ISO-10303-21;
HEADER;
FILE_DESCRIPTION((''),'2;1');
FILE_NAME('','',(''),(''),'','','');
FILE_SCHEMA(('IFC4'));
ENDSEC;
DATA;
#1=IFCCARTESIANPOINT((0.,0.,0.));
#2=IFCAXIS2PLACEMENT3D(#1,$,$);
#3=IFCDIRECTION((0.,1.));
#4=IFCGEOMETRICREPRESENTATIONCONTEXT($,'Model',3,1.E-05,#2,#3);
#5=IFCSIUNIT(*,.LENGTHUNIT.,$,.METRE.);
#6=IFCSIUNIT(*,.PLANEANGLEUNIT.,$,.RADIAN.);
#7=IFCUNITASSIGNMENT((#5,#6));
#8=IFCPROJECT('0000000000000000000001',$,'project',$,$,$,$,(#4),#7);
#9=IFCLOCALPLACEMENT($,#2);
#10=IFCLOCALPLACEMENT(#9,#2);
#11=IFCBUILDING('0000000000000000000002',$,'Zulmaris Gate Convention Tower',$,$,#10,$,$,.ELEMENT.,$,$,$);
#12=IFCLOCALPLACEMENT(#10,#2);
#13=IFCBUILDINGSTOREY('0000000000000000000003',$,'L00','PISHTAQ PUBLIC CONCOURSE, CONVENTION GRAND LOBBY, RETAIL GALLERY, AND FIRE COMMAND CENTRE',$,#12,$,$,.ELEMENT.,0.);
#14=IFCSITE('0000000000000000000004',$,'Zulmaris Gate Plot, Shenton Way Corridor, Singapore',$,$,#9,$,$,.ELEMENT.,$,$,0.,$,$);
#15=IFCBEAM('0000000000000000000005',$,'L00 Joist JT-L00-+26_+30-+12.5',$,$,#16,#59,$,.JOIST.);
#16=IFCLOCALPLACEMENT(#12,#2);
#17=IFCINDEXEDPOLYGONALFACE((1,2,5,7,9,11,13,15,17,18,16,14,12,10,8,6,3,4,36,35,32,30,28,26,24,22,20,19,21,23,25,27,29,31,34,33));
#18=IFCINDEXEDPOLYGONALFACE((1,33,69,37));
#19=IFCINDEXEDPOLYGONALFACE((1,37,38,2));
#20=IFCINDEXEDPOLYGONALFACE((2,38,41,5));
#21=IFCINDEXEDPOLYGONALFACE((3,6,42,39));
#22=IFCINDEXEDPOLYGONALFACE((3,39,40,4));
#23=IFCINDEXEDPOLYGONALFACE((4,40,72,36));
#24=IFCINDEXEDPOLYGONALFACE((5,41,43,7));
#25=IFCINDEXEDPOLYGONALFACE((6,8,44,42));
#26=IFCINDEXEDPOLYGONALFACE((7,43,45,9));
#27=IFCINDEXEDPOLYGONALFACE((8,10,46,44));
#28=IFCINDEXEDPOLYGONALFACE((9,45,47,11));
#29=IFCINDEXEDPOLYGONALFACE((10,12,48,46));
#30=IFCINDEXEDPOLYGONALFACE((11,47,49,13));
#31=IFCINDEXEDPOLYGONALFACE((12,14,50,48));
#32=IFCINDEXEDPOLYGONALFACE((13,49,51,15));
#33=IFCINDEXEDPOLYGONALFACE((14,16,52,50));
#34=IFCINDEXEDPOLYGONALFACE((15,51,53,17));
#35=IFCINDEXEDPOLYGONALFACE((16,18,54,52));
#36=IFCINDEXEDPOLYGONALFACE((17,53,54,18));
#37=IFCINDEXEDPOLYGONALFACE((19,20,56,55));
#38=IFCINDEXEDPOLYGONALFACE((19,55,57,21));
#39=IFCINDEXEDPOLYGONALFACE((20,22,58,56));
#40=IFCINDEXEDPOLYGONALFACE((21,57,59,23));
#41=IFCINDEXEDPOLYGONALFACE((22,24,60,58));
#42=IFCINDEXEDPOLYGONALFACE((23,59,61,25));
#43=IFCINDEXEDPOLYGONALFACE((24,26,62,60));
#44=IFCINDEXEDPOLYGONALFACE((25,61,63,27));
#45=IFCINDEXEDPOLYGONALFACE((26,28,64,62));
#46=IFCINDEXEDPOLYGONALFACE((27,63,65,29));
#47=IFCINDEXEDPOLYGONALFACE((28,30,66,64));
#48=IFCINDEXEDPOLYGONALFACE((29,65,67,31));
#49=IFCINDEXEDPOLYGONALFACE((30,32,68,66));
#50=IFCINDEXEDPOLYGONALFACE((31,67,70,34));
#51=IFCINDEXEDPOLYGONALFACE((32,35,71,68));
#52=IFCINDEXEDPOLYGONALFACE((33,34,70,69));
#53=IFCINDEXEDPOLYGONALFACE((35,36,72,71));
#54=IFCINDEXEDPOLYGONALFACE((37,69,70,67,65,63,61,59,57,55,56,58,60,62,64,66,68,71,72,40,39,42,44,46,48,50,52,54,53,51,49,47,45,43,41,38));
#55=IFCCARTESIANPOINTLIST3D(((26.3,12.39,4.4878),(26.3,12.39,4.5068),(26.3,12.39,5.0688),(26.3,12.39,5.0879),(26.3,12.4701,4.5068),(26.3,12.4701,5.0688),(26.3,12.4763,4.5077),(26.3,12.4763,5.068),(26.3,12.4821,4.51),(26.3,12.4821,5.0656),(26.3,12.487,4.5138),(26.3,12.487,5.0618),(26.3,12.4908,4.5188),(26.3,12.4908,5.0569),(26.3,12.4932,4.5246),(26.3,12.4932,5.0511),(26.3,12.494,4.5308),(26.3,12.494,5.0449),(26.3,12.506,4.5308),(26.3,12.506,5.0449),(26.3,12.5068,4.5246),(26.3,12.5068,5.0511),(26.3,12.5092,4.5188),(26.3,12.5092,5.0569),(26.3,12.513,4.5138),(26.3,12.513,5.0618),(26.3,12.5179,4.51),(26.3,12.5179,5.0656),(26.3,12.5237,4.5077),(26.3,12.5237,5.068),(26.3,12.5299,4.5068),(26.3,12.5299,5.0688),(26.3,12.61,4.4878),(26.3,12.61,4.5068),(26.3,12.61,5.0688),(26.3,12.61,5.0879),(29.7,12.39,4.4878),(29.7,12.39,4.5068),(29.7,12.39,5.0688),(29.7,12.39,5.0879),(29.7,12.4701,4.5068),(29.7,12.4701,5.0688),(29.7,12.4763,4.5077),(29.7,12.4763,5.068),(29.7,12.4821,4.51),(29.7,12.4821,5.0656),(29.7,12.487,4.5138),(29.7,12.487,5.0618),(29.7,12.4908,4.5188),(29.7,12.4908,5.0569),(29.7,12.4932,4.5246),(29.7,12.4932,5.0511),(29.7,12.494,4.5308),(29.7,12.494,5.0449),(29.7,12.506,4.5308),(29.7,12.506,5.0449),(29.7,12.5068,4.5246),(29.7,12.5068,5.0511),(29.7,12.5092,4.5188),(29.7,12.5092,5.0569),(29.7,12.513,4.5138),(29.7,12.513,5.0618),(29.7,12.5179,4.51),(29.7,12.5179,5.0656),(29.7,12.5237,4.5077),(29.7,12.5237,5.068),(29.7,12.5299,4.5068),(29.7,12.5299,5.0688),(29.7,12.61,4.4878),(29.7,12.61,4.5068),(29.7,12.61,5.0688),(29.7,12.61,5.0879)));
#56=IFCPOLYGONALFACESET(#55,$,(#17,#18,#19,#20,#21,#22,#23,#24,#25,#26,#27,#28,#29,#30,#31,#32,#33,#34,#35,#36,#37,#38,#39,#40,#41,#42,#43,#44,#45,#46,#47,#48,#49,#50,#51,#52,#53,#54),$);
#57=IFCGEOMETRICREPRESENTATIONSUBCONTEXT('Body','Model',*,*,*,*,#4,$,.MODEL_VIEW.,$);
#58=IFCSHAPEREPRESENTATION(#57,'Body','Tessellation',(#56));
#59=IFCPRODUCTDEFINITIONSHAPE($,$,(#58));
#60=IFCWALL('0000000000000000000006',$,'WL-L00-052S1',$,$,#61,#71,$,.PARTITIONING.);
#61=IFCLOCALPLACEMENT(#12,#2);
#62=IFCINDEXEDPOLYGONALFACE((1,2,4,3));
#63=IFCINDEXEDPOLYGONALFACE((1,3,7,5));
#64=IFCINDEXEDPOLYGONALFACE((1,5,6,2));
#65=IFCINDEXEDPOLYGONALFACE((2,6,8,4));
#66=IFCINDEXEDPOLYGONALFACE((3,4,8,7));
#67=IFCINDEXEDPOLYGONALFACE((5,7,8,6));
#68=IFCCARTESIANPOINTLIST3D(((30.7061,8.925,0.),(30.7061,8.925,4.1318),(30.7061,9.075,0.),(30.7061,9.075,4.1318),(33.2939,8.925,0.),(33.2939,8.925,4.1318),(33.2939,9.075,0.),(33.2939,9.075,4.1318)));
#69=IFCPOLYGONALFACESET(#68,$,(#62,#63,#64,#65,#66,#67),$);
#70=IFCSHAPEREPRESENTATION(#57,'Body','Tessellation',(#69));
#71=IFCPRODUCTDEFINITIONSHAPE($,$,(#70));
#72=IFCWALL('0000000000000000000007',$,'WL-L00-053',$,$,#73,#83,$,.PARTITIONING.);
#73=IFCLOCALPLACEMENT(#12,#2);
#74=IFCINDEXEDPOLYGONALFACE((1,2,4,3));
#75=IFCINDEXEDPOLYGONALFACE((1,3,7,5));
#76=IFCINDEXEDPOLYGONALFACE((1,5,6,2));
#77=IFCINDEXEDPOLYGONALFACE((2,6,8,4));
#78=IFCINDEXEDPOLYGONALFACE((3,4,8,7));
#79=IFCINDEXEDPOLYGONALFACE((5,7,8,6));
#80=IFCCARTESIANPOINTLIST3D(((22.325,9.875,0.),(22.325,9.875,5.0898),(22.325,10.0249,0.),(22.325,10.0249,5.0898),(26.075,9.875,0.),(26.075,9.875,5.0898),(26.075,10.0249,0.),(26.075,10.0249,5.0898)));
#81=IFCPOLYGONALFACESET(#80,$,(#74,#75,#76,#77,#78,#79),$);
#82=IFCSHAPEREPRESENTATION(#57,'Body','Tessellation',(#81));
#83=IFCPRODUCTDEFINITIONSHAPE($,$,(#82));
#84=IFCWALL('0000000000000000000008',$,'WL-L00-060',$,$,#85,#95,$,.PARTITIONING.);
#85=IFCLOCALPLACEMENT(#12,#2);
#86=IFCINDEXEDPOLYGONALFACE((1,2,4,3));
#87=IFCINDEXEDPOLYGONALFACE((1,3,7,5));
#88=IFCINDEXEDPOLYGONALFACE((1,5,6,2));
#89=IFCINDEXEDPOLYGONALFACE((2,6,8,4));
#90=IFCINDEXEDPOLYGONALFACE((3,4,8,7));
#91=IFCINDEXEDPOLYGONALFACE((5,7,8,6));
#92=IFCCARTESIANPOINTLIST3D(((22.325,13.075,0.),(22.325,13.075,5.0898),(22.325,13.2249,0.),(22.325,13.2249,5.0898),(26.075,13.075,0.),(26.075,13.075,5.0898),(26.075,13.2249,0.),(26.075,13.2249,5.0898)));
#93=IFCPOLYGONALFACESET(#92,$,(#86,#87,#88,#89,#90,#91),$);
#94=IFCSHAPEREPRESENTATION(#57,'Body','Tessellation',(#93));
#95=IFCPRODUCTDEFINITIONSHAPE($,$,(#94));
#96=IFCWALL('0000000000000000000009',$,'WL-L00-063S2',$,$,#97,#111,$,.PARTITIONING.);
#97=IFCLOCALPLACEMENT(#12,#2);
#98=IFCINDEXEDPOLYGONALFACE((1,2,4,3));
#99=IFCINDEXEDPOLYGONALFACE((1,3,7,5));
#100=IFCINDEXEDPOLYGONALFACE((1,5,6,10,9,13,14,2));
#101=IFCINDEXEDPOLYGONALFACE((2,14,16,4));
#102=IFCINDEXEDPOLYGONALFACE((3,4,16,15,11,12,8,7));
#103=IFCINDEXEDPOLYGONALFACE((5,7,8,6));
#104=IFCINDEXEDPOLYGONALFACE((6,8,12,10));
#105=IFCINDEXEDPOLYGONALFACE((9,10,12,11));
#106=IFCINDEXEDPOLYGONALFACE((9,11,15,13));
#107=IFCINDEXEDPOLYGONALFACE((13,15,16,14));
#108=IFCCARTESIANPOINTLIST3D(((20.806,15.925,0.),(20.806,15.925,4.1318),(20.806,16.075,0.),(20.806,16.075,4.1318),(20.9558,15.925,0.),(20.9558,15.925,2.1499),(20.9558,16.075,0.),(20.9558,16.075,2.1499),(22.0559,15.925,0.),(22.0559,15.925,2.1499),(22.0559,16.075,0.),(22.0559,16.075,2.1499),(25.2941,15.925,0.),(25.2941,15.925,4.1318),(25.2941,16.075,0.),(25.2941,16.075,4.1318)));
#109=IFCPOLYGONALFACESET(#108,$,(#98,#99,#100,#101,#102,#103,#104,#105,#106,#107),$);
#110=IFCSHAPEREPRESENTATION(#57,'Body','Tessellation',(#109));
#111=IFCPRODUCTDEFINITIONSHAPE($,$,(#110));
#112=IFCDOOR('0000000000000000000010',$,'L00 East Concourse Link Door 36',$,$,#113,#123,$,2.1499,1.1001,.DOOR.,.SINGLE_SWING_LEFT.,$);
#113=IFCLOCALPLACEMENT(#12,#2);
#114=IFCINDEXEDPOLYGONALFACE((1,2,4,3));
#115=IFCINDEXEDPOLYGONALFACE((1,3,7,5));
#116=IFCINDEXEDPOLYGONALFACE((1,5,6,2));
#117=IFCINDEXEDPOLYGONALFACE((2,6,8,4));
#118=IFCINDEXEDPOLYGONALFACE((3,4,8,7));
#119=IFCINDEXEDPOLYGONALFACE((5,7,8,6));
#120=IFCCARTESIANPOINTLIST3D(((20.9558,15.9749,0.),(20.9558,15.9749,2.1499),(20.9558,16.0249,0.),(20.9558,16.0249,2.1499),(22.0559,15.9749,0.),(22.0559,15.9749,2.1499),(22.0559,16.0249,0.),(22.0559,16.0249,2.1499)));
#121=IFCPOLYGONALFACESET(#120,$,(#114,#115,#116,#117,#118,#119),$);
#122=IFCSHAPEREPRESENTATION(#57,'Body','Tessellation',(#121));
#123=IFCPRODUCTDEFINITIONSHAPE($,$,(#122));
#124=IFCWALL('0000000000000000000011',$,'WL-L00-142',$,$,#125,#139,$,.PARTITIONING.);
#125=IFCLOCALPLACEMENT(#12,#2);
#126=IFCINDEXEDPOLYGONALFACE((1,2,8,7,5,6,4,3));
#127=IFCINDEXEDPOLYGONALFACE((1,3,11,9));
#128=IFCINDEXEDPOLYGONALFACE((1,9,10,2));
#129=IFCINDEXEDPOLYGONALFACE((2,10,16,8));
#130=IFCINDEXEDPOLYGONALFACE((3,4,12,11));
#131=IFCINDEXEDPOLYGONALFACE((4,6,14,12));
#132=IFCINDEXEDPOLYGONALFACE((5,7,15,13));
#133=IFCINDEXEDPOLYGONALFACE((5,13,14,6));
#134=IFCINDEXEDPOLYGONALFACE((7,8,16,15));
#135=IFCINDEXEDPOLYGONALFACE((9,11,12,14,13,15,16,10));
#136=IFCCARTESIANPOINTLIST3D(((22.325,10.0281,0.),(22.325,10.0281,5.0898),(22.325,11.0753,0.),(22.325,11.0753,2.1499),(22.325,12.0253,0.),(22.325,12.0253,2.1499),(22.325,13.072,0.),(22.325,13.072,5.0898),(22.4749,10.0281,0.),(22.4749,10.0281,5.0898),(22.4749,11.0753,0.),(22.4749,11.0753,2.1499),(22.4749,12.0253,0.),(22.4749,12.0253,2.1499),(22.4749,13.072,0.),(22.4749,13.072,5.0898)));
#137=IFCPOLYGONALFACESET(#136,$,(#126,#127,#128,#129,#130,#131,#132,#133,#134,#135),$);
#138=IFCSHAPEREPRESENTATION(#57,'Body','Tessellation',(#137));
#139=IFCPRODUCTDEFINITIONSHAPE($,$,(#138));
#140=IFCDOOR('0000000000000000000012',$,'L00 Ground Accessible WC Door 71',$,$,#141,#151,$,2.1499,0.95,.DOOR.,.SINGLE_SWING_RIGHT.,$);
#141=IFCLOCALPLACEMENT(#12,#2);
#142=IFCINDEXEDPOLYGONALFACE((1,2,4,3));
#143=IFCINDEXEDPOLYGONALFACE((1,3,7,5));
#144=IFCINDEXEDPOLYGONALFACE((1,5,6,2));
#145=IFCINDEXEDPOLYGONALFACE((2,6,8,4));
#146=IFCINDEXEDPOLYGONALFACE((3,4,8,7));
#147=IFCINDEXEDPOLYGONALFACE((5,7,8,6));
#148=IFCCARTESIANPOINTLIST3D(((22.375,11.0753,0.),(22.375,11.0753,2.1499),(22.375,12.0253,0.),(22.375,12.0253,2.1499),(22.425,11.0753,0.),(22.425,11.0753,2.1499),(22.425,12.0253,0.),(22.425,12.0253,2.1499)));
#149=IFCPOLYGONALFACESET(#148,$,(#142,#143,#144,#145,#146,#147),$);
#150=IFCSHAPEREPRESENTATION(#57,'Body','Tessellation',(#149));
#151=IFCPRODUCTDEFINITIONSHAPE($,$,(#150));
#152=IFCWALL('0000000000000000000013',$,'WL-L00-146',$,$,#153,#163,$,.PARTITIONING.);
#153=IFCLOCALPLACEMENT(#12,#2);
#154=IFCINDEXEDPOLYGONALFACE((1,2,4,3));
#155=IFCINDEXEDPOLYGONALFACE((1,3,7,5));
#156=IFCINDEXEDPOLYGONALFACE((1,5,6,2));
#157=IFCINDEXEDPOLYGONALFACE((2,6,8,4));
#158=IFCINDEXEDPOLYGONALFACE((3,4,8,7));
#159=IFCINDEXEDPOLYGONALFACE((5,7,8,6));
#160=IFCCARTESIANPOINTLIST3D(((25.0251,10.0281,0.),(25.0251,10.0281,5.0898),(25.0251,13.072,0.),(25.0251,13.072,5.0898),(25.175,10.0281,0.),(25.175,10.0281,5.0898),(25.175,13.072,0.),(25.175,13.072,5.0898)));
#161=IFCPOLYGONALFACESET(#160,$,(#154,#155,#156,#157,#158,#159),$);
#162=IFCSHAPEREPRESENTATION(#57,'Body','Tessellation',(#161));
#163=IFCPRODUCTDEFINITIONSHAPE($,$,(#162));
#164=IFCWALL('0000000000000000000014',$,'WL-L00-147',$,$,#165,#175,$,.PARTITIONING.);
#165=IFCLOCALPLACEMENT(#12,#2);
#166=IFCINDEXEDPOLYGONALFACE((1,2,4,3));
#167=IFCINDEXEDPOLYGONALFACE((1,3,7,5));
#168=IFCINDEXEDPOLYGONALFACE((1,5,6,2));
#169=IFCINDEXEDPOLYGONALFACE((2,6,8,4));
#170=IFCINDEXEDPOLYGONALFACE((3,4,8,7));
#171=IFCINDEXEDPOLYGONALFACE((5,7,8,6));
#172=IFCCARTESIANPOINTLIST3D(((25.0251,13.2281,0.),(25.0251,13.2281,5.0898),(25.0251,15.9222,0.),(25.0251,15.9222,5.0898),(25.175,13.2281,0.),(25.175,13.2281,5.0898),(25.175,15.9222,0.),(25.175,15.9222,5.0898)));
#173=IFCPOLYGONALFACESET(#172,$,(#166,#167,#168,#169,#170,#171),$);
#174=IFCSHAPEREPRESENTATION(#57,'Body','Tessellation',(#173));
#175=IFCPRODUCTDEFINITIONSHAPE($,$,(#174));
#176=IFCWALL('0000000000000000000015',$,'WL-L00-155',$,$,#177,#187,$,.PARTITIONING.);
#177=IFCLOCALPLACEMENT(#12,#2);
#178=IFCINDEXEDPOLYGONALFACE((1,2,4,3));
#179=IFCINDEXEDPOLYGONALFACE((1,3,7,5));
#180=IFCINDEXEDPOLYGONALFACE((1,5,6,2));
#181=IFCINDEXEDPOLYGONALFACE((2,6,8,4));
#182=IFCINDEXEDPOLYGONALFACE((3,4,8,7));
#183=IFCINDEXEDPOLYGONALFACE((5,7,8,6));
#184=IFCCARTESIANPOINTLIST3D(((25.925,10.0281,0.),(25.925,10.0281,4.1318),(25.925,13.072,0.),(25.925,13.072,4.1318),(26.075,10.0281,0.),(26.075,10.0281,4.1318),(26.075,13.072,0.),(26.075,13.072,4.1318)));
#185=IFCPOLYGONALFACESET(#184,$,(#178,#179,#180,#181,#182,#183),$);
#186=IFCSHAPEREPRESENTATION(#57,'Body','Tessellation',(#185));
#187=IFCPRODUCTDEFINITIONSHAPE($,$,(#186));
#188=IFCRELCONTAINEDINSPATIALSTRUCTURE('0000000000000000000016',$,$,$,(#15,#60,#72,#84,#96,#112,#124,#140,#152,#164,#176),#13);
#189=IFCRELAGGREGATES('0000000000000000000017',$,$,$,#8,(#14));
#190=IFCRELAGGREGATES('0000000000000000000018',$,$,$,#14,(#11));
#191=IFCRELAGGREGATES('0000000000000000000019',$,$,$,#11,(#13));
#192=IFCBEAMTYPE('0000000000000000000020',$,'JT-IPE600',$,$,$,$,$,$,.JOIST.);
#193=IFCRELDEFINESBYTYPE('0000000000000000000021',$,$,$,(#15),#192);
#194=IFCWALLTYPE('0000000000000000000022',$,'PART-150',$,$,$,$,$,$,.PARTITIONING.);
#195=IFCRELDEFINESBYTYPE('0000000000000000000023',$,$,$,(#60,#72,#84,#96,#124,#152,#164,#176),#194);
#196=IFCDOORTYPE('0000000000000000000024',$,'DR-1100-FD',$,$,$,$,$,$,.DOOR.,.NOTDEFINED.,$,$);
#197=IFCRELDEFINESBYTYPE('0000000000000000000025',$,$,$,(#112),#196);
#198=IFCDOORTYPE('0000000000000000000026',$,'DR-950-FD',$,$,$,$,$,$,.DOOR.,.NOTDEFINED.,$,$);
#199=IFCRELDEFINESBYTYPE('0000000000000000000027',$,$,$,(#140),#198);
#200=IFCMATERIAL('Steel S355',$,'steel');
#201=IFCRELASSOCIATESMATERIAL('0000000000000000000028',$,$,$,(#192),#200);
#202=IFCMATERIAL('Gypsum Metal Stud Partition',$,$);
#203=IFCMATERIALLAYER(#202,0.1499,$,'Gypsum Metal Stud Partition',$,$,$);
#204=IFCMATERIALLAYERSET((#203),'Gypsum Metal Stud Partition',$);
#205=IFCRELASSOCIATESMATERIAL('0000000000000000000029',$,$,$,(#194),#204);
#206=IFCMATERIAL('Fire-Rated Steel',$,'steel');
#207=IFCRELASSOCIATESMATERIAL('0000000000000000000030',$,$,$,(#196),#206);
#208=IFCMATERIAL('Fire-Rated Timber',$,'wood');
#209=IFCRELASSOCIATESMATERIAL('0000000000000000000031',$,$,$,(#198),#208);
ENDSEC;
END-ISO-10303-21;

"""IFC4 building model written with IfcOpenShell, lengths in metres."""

from ifc_helpers import new_model, si_unit, direction, frame, frame_2d, origin, origin_2d, place, context, subcontext, project, spatial, rectangle, i_section, extrude, material, layer, layer_set, material_profile, profile_set, type_object, element, fill, save


model = new_model("IFC4")

# Units and contexts
model_context = context("Model", 3, precision=1e-05, world=origin(), true_north=direction((0.0, 1.0)))
body_context = subcontext(model_context, "Body", "Model", "MODEL_VIEW")
ifc_project = project(units=[si_unit("LENGTHUNIT", "METRE"), si_unit("PLANEANGLEUNIT", "RADIAN")], contexts=[model_context])

# Site, building, storey
site_placement = place(None, origin())
site = spatial("IfcSite", under=ifc_project, at=site_placement, Name="Zulmaris Gate Plot, Shenton Way Corridor, Singapore", CompositionType="ELEMENT", RefElevation=0.0)
building_placement = place(site_placement, origin())
building = spatial("IfcBuilding", under=site, at=building_placement, Name="Zulmaris Gate Convention Tower", CompositionType="ELEMENT")
storey_placement = place(building_placement, origin())
storey = spatial("IfcBuildingStorey", under=building, at=storey_placement, Name="L00", Description="PISHTAQ PUBLIC CONCOURSE, CONVENTION GRAND LOBBY, RETAIL GALLERY, AND FIRE COMMAND CENTRE", CompositionType="ELEMENT", Elevation=0.0)

# Beam
ifc_material_1 = material(Name="Steel S355", Category="steel")
ifc_material_profile_1 = material_profile(ifc_material_1, i_section(OverallWidth=0.22, OverallDepth=0.6001, WebThickness=0.012, FlangeThickness=0.019, FilletRadius=0.0239, at=origin_2d()), Name="IPE 600")
ifc_profile_set_1 = profile_set([ifc_material_profile_1], Name="Steel S355")
beam_type_1 = type_object("IfcBeamType", Name="JT-IPE600", PredefinedType="JOIST", material=ifc_profile_set_1)
beam_1_placement = place(storey_placement, frame((26.3, 12.5, 4.7878), z_axis=(1.0, 0.0, 0.0), x_axis=(0.0, 1.0, 0.0)))
element("IfcBeam", 1, at=beam_1_placement, inside=storey, type_object=beam_type_1, Name="L00 Joist JT-L00-+26_+30-+12.5", PredefinedType="JOIST", context=body_context, shape_type="SweptSolid", body=[
    extrude(i_section(OverallWidth=0.22, OverallDepth=0.6001, WebThickness=0.012, FlangeThickness=0.019, FilletRadius=0.0239, at=origin_2d()), origin(), (0.0, 0.0, 1.0), 3.3999),
])

# Walls
ifc_material_2 = material(Name="Gypsum Metal Stud Partition")
ifc_layer_1 = layer(ifc_material_2, 0.1499, Name="Gypsum Metal Stud Partition")
ifc_layer_set_1 = layer_set([ifc_layer_1], Name="Gypsum Metal Stud Partition")
wall_type_1 = type_object("IfcWallType", Name="PART-150", PredefinedType="PARTITIONING", material=ifc_layer_set_1)
wall_1_placement = place(storey_placement, frame((30.7061, 9.0, 0.0), z_axis=(0.0, 0.0, 1.0), x_axis=(1.0, 0.0, 0.0)))
element("IfcWall", 2, at=wall_1_placement, inside=storey, type_object=wall_type_1, Name="WL-L00-052S1", PredefinedType="PARTITIONING", context=body_context, shape_type="SweptSolid", body=[
    extrude(rectangle(XDim=2.5879, YDim=0.1499, at=frame_2d((1.2939, 0.0))), origin(), (0.0, 0.0, 1.0), 4.1318),
])
for number, where, z_axis, x_axis, name in (
    (3, (22.325, 9.95, 0.0), (0.0, 0.0, 1.0), (1.0, 0.0, 0.0), "WL-L00-053"),
    (4, (22.325, 13.1499, 0.0), (0.0, 0.0, 1.0), (1.0, 0.0, 0.0), "WL-L00-060"),
):
    element("IfcWall", number, at=place(storey_placement, frame(where, z_axis=z_axis, x_axis=x_axis)), inside=storey, type_object=wall_type_1, Name=name, PredefinedType="PARTITIONING", context=body_context, shape_type="SweptSolid", body=[
        extrude(rectangle(XDim=3.75, YDim=0.1499, at=frame_2d((1.875, 0.0))), origin(), (0.0, 0.0, 1.0), 5.0898),
    ])

# Walls, openings, doors
wall_2_placement = place(storey_placement, frame((20.8059, 16.0, 0.0), z_axis=(0.0, 0.0, 1.0), x_axis=(1.0, 0.0, 0.0)))
wall_2 = element("IfcWall", 5, at=wall_2_placement, inside=storey, type_object=wall_type_1, Name="WL-L00-063S2", PredefinedType="PARTITIONING", context=body_context, shape_type="SweptSolid", body=[
    extrude(rectangle(XDim=4.488, YDim=0.1499, at=frame_2d((2.2441, 0.0))), origin(), (0.0, 0.0, 1.0), 4.1318),
])
opening_1_placement = place(wall_2_placement, frame((0.1499, 0.0, 0.0)))
opening_1 = element("IfcOpeningElement", 6, at=opening_1_placement, cuts=wall_2, PredefinedType="OPENING", context=body_context, shape_type="SweptSolid", body=[
    extrude(rectangle(XDim=1.1001, YDim=2.1499, at=frame_2d((0.55, 1.075))), frame((0.0, 0.085, 0.0), z_axis=(0.0, -1.0, 0.0), x_axis=(1.0, 0.0, 0.0)), (0.0, 0.0, 1.0), 0.1699),
])
ifc_material_3 = material(Name="Fire-Rated Steel", Category="steel")
door_type_1 = type_object("IfcDoorType", Name="DR-1100-FD", OperationType="NOTDEFINED", PredefinedType="DOOR", material=ifc_material_3)
door_1_placement = place(opening_1_placement, origin())
door_1 = element("IfcDoor", 7, at=door_1_placement, inside=storey, type_object=door_type_1, Name="L00 East Concourse Link Door 36", OperationType="SINGLE_SWING_LEFT", OverallHeight=2.1499, OverallWidth=1.1001, PredefinedType="DOOR", context=body_context, shape_type="SweptSolid", body=[
    extrude(rectangle(XDim=1.1001, YDim=2.1499, at=frame_2d((0.55, 1.075))), frame((0.0, 0.0249, 0.0), z_axis=(0.0, -1.0, 0.0), x_axis=(1.0, 0.0, 0.0)), (0.0, 0.0, 1.0), 0.05),
])
fill(opening_1, door_1)
ifc_material_4 = material(Name="Fire-Rated Timber", Category="wood")
door_type_2 = type_object("IfcDoorType", Name="DR-950-FD", OperationType="NOTDEFINED", PredefinedType="DOOR", material=ifc_material_4)
wall_3_placement = place(storey_placement, frame((22.3999, 10.0281, 0.0), z_axis=(0.0, 0.0, 1.0), x_axis=(0.0, 1.0, 0.0)))
wall_3 = element("IfcWall", 8, at=wall_3_placement, inside=storey, type_object=wall_type_1, Name="WL-L00-142", PredefinedType="PARTITIONING", context=body_context, shape_type="SweptSolid", body=[
    extrude(rectangle(XDim=3.0439, YDim=0.1499, at=frame_2d((1.522, 0.0))), origin(), (0.0, 0.0, 1.0), 5.0898),
])
opening_2_placement = place(wall_3_placement, frame((1.0471, 0.0, 0.0)))
opening_2 = element("IfcOpeningElement", 9, at=opening_2_placement, cuts=wall_3, PredefinedType="OPENING", context=body_context, shape_type="SweptSolid", body=[
    extrude(rectangle(XDim=0.95, YDim=2.1499, at=frame_2d((0.4751, 1.075))), frame((0.0, 0.085, 0.0), z_axis=(0.0, -1.0, 0.0), x_axis=(1.0, 0.0, 0.0)), (0.0, 0.0, 1.0), 0.1699),
])
door_2_placement = place(opening_2_placement, origin())
door_2 = element("IfcDoor", 10, at=door_2_placement, inside=storey, type_object=door_type_2, Name="L00 Ground Accessible WC Door 71", OperationType="SINGLE_SWING_RIGHT", OverallHeight=2.1499, OverallWidth=0.95, PredefinedType="DOOR", context=body_context, shape_type="SweptSolid", body=[
    extrude(rectangle(XDim=0.95, YDim=2.1499, at=frame_2d((0.4751, 1.075))), frame((0.0, 0.0249, 0.0), z_axis=(0.0, -1.0, 0.0), x_axis=(1.0, 0.0, 0.0)), (0.0, 0.0, 1.0), 0.05),
])
fill(opening_2, door_2)

# Walls
wall_4_placement = place(storey_placement, frame((25.1001, 10.0281, 0.0), z_axis=(0.0, 0.0, 1.0), x_axis=(0.0, 1.0, 0.0)))
element("IfcWall", 11, at=wall_4_placement, inside=storey, type_object=wall_type_1, Name="WL-L00-146", PredefinedType="PARTITIONING", context=body_context, shape_type="SweptSolid", body=[
    extrude(rectangle(XDim=3.0439, YDim=0.1499, at=frame_2d((1.522, 0.0))), origin(), (0.0, 0.0, 1.0), 5.0898),
])
wall_5_placement = place(storey_placement, frame((25.1001, 13.228, 0.0), z_axis=(0.0, 0.0, 1.0), x_axis=(0.0, 1.0, 0.0)))
element("IfcWall", 12, at=wall_5_placement, inside=storey, type_object=wall_type_1, Name="WL-L00-147", PredefinedType="PARTITIONING", context=body_context, shape_type="SweptSolid", body=[
    extrude(rectangle(XDim=2.6941, YDim=0.1499, at=frame_2d((1.3472, 0.0))), origin(), (0.0, 0.0, 1.0), 5.0898),
])
wall_6_placement = place(storey_placement, frame((26.0, 10.0281, 0.0), z_axis=(0.0, 0.0, 1.0), x_axis=(0.0, 1.0, 0.0)))
element("IfcWall", 13, at=wall_6_placement, inside=storey, type_object=wall_type_1, Name="WL-L00-155", PredefinedType="PARTITIONING", context=body_context, shape_type="SweptSolid", body=[
    extrude(rectangle(XDim=3.0439, YDim=0.1499, at=frame_2d((1.522, 0.0))), origin(), (0.0, 0.0, 1.0), 4.1318),
])

save(model, "model.ifc")
